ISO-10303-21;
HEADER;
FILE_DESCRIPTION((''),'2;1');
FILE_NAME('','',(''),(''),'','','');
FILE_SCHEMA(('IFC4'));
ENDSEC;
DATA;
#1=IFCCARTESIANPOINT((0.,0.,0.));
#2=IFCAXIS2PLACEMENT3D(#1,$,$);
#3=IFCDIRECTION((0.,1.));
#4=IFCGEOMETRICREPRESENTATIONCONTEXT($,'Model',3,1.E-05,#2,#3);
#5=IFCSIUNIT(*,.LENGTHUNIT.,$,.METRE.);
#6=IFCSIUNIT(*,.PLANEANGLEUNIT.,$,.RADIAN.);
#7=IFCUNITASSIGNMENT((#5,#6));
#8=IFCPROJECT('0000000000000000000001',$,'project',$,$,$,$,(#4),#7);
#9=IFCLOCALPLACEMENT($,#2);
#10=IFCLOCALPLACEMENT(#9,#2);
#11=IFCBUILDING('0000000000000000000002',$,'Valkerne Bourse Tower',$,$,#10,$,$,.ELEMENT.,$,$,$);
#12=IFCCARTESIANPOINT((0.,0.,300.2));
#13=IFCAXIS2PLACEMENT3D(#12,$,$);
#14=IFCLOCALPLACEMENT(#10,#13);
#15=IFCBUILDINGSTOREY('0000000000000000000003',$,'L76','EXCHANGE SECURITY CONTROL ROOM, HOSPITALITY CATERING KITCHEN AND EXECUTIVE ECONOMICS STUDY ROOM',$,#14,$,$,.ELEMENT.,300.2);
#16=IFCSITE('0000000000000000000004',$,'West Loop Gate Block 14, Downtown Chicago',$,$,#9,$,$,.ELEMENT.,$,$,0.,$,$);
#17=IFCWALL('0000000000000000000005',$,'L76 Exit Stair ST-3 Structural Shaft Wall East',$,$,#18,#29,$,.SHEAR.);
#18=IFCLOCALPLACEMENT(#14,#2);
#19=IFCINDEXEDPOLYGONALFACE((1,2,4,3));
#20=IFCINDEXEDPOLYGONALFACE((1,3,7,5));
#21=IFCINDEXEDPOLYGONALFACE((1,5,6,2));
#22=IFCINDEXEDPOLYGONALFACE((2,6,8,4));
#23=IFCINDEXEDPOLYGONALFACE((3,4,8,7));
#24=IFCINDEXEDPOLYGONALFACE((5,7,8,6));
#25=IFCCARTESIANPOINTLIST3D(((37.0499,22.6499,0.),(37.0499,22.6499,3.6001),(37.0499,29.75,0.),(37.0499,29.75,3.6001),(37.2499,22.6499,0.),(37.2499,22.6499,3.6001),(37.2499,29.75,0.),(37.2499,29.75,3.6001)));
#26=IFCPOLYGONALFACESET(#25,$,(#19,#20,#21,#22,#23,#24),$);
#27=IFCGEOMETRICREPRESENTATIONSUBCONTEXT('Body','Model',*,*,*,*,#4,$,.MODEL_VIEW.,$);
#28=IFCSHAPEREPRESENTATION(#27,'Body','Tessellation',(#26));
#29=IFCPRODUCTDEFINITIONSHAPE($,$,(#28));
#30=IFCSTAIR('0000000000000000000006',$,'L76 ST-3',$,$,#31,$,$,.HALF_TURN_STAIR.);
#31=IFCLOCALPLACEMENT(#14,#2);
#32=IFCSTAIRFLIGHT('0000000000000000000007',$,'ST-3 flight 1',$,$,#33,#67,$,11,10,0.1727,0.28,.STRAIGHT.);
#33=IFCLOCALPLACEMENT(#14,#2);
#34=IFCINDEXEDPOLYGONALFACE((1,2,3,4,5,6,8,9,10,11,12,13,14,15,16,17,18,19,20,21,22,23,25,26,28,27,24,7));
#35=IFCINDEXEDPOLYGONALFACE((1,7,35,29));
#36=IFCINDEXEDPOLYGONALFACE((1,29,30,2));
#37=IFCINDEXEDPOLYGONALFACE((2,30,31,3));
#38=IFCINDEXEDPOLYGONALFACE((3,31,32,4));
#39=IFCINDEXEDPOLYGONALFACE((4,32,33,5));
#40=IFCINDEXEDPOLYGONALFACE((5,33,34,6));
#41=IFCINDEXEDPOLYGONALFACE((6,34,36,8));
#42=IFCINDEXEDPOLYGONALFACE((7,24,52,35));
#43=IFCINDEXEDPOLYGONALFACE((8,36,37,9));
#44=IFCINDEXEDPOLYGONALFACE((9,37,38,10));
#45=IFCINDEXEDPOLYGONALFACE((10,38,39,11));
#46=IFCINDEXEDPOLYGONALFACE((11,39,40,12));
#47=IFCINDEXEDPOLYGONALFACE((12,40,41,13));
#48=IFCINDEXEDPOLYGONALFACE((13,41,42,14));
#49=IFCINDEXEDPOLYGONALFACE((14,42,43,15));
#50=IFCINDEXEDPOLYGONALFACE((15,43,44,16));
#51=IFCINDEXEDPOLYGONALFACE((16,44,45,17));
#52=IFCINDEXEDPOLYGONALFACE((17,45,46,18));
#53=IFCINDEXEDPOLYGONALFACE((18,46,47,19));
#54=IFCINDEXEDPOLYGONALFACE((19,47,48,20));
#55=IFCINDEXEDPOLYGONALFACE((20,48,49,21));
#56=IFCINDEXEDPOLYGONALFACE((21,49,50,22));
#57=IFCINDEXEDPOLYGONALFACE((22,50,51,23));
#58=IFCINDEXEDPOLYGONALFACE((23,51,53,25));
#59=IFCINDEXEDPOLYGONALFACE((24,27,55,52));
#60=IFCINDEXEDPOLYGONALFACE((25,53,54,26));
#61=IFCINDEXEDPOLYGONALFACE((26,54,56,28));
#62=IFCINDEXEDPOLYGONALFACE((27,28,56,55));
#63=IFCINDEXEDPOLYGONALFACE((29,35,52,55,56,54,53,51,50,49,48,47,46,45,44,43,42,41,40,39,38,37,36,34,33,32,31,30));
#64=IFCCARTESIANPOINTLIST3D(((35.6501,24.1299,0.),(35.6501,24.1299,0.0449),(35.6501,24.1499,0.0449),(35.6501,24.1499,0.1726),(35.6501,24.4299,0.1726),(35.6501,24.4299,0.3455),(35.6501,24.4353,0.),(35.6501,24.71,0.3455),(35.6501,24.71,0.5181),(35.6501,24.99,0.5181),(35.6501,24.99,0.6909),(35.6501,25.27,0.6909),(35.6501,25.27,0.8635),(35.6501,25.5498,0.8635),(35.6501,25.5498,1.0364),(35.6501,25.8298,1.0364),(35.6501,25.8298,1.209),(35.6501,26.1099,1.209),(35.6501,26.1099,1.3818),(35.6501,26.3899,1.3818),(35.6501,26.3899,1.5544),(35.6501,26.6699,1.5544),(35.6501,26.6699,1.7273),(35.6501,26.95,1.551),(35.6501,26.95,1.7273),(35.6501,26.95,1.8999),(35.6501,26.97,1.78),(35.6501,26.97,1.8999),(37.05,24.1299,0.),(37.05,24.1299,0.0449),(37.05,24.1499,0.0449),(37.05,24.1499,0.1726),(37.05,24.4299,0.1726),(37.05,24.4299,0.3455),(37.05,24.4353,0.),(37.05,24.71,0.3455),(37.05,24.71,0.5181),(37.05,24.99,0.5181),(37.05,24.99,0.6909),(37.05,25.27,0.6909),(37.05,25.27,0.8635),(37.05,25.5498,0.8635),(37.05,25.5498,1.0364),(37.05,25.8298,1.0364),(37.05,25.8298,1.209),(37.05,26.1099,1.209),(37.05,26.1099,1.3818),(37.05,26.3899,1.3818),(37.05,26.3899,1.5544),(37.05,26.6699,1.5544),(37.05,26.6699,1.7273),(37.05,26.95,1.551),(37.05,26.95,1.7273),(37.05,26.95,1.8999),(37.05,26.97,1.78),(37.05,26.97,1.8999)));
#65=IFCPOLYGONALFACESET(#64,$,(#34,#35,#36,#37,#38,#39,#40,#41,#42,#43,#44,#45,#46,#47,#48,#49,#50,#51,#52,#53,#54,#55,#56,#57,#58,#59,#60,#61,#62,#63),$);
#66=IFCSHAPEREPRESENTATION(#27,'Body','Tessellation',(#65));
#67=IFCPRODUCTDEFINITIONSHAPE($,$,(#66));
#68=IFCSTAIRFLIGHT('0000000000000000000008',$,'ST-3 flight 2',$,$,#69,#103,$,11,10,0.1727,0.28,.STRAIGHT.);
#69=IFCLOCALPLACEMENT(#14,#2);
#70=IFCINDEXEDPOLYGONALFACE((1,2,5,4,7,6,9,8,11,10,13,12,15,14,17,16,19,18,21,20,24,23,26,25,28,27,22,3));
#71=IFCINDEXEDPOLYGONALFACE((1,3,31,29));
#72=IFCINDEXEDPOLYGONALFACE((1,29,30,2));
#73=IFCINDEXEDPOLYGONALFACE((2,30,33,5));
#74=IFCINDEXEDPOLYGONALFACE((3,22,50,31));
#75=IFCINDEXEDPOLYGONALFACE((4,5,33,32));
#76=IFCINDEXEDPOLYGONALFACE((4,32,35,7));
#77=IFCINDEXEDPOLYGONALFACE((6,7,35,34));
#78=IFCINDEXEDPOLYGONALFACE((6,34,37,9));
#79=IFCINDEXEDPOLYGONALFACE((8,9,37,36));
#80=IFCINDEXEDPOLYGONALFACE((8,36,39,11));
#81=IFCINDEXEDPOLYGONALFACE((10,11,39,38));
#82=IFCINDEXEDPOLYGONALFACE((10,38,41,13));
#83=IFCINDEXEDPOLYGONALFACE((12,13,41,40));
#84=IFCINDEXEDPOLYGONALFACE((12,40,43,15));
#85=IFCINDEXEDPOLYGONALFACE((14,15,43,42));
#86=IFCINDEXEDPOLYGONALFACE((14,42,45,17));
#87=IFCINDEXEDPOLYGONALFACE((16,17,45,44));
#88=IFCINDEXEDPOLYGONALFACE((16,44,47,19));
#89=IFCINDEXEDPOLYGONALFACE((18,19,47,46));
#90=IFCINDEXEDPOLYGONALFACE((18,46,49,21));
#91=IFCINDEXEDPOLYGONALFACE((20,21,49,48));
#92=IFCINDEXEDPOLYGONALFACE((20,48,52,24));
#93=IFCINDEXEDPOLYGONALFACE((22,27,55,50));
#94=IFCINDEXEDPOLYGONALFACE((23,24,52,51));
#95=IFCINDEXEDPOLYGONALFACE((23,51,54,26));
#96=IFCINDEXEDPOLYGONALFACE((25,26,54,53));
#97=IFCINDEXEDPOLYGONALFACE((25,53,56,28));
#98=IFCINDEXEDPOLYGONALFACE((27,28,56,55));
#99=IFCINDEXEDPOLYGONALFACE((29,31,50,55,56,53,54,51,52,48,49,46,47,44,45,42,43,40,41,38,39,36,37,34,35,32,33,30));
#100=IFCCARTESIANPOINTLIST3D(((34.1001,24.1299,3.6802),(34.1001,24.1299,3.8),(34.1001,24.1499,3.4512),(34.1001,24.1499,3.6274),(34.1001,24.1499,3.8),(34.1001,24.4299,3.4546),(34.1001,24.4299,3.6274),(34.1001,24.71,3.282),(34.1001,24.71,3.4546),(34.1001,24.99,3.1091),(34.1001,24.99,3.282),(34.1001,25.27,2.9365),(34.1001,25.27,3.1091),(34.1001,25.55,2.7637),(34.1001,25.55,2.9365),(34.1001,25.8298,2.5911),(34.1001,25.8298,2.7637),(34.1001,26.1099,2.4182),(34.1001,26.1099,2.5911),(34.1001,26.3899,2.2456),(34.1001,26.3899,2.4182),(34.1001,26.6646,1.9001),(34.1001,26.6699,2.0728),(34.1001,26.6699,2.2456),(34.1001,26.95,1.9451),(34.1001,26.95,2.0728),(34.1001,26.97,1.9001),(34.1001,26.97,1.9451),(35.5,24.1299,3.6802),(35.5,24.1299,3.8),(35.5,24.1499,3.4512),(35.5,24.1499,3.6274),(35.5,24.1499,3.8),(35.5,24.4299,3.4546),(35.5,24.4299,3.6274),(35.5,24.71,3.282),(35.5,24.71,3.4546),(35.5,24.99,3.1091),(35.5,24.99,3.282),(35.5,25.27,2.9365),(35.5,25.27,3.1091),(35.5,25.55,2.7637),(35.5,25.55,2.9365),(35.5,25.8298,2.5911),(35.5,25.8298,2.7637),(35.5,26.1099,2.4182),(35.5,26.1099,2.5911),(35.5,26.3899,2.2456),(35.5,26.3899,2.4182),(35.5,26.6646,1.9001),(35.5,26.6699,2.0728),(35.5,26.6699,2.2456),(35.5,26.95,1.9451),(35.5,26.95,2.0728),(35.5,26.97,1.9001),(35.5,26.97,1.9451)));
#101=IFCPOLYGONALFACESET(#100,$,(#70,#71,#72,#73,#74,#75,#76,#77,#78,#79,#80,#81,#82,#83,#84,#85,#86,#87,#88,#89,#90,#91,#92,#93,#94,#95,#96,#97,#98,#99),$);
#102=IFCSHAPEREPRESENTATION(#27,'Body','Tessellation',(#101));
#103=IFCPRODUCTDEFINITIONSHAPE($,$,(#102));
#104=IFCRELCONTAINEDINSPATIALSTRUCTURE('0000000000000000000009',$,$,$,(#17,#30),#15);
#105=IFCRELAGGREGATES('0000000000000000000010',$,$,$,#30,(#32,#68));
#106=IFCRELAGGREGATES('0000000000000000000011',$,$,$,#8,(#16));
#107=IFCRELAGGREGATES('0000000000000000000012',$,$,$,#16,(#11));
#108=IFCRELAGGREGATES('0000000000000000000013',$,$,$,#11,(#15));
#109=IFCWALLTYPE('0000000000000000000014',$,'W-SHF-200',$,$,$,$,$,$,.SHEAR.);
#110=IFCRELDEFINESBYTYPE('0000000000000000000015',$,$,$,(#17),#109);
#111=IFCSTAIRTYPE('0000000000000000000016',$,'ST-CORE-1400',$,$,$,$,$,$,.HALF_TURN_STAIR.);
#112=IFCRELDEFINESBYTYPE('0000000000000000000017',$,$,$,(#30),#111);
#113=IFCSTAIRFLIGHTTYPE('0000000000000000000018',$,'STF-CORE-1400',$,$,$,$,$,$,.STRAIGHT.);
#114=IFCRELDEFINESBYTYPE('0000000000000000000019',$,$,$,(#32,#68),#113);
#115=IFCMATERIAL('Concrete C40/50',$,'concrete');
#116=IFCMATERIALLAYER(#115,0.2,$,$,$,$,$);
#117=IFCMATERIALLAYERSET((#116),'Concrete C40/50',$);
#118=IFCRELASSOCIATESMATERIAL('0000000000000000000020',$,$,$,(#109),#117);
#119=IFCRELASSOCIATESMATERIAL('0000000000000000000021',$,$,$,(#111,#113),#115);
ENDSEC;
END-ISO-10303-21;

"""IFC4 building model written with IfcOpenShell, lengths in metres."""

from ifc_helpers import new_model, si_unit, direction, frame, frame_2d, origin, place, context, subcontext, project, spatial, polyline, rectangle, outline, extrude, material, layer, layer_set, type_object, element, aggregate, save


model = new_model("IFC4")

# Units and contexts
model_context = context("Model", 3, precision=1e-05, world=origin(), true_north=direction((0.0, 1.0)))
body_context = subcontext(model_context, "Body", "Model", "MODEL_VIEW")
ifc_project = project(units=[si_unit("LENGTHUNIT", "METRE"), si_unit("PLANEANGLEUNIT", "RADIAN")], contexts=[model_context])

# Site, building, storey
site_placement = place(None, origin())
site = spatial("IfcSite", under=ifc_project, at=site_placement, Name="West Loop Gate Block 14, Downtown Chicago", CompositionType="ELEMENT", RefElevation=0.0)
building_placement = place(site_placement, origin())
building = spatial("IfcBuilding", under=site, at=building_placement, Name="Valkerne Bourse Tower", CompositionType="ELEMENT")
storey_placement = place(building_placement, frame((0.0, 0.0, 300.2)))
storey = spatial("IfcBuildingStorey", under=building, at=storey_placement, Name="L76", Description="EXCHANGE SECURITY CONTROL ROOM, HOSPITALITY CATERING KITCHEN AND EXECUTIVE ECONOMICS STUDY ROOM", CompositionType="ELEMENT", Elevation=300.2)

# Wall
ifc_material_1 = material(Name="Concrete C40/50", Category="concrete")
ifc_layer_1 = layer(ifc_material_1, 0.2)
ifc_layer_set_1 = layer_set([ifc_layer_1], Name="Concrete C40/50")
wall_type_1 = type_object("IfcWallType", Name="W-SHF-200", PredefinedType="SHEAR", material=ifc_layer_set_1)
wall_1_placement = place(storey_placement, frame((37.1499, 22.6499, 0.0), z_axis=(0.0, 0.0, 1.0), x_axis=(0.0, 1.0, 0.0)))
element("IfcWall", 1, at=wall_1_placement, inside=storey, type_object=wall_type_1, Name="L76 Exit Stair ST-3 Structural Shaft Wall East", PredefinedType="SHEAR", context=body_context, shape_type="SweptSolid", body=[
    extrude(rectangle(XDim=7.1001, YDim=0.2, at=frame_2d((3.55, 0.0))), origin(), (0.0, 0.0, 1.0), 3.6001),
])

# Stair, stair flights
stair_type = type_object("IfcStairType", Name="ST-CORE-1400", PredefinedType="HALF_TURN_STAIR", material=ifc_material_1)
stair_placement = place(storey_placement, origin())
stair = element("IfcStair", 2, at=stair_placement, inside=storey, type_object=stair_type, Name="L76 ST-3", PredefinedType="HALF_TURN_STAIR")
stair_flight_type = type_object("IfcStairFlightType", Name="STF-CORE-1400", PredefinedType="STRAIGHT", material=ifc_material_1)
stair_flight_1_placement = place(storey_placement, frame((36.3501, 24.1499, 0.0), z_axis=(0.0, 0.0, 1.0), x_axis=(0.0, 1.0, 0.0)))
stair_flight_1 = element("IfcStairFlight", 3, at=stair_flight_1_placement, type_object=stair_flight_type, Name="ST-3 flight 1", NumberOfRisers=11, NumberOfTreads=10, PredefinedType="STRAIGHT", RiserHeight=0.1727, TreadLength=0.28, context=body_context, shape_type="SweptSolid", body=[
    extrude(outline(polyline([(-0.02, 0.0), (-0.02, 0.0449), (0.0, 0.0449), (0.0, 0.1726), (0.28, 0.1726), (0.28, 0.3455), (0.5601, 0.3455), (0.5601, 0.5181), (0.8401, 0.5181), (0.8401, 0.6909), (1.1201, 0.6909), (1.1201, 0.8635), (1.3999, 0.8635), (1.3999, 1.0364), (1.6799, 1.0364), (1.6799, 1.209), (1.96, 1.209), (1.96, 1.3818), (2.24, 1.3818), (2.24, 1.5544), (2.52, 1.5544), (2.52, 1.7273), (2.8, 1.7273), (2.8, 1.8999), (2.8201, 1.8999), (2.8201, 1.78), (2.8, 1.551), (0.2854, 0.0), (-0.02, 0.0)])), frame((0.0, 0.7, 0.0), z_axis=(0.0, -1.0, 0.0), x_axis=(1.0, 0.0, 0.0)), (0.0, 0.0, 1.0), 1.3999),
])
stair_flight_2_placement = place(storey_placement, frame((34.8, 26.95, 1.9001), z_axis=(0.0, 0.0, 1.0), x_axis=(0.0, -1.0, 0.0)))
stair_flight_2 = element("IfcStairFlight", 4, at=stair_flight_2_placement, type_object=stair_flight_type, Name="ST-3 flight 2", NumberOfRisers=11, NumberOfTreads=10, PredefinedType="STRAIGHT", RiserHeight=0.1727, TreadLength=0.28, context=body_context, shape_type="SweptSolid", body=[
    extrude(outline(polyline([(-0.02, 0.0), (-0.02, 0.0449), (0.0, 0.0449), (0.0, 0.1726), (0.28, 0.1726), (0.28, 0.3455), (0.5601, 0.3455), (0.5601, 0.5181), (0.8401, 0.5181), (0.8401, 0.6909), (1.1201, 0.6909), (1.1201, 0.8635), (1.3999, 0.8635), (1.3999, 1.0364), (1.6799, 1.0364), (1.6799, 1.209), (1.96, 1.209), (1.96, 1.3818), (2.24, 1.3818), (2.24, 1.5544), (2.52, 1.5544), (2.52, 1.7273), (2.8, 1.7273), (2.8, 1.8999), (2.8201, 1.8999), (2.8201, 1.78), (2.8, 1.551), (0.2854, 0.0), (-0.02, 0.0)])), frame((0.0, 0.7, 0.0), z_axis=(0.0, -1.0, 0.0), x_axis=(1.0, 0.0, 0.0)), (0.0, 0.0, 1.0), 1.3999),
])
aggregate(stair, [stair_flight_1, stair_flight_2])

save(model, "model.ifc")
